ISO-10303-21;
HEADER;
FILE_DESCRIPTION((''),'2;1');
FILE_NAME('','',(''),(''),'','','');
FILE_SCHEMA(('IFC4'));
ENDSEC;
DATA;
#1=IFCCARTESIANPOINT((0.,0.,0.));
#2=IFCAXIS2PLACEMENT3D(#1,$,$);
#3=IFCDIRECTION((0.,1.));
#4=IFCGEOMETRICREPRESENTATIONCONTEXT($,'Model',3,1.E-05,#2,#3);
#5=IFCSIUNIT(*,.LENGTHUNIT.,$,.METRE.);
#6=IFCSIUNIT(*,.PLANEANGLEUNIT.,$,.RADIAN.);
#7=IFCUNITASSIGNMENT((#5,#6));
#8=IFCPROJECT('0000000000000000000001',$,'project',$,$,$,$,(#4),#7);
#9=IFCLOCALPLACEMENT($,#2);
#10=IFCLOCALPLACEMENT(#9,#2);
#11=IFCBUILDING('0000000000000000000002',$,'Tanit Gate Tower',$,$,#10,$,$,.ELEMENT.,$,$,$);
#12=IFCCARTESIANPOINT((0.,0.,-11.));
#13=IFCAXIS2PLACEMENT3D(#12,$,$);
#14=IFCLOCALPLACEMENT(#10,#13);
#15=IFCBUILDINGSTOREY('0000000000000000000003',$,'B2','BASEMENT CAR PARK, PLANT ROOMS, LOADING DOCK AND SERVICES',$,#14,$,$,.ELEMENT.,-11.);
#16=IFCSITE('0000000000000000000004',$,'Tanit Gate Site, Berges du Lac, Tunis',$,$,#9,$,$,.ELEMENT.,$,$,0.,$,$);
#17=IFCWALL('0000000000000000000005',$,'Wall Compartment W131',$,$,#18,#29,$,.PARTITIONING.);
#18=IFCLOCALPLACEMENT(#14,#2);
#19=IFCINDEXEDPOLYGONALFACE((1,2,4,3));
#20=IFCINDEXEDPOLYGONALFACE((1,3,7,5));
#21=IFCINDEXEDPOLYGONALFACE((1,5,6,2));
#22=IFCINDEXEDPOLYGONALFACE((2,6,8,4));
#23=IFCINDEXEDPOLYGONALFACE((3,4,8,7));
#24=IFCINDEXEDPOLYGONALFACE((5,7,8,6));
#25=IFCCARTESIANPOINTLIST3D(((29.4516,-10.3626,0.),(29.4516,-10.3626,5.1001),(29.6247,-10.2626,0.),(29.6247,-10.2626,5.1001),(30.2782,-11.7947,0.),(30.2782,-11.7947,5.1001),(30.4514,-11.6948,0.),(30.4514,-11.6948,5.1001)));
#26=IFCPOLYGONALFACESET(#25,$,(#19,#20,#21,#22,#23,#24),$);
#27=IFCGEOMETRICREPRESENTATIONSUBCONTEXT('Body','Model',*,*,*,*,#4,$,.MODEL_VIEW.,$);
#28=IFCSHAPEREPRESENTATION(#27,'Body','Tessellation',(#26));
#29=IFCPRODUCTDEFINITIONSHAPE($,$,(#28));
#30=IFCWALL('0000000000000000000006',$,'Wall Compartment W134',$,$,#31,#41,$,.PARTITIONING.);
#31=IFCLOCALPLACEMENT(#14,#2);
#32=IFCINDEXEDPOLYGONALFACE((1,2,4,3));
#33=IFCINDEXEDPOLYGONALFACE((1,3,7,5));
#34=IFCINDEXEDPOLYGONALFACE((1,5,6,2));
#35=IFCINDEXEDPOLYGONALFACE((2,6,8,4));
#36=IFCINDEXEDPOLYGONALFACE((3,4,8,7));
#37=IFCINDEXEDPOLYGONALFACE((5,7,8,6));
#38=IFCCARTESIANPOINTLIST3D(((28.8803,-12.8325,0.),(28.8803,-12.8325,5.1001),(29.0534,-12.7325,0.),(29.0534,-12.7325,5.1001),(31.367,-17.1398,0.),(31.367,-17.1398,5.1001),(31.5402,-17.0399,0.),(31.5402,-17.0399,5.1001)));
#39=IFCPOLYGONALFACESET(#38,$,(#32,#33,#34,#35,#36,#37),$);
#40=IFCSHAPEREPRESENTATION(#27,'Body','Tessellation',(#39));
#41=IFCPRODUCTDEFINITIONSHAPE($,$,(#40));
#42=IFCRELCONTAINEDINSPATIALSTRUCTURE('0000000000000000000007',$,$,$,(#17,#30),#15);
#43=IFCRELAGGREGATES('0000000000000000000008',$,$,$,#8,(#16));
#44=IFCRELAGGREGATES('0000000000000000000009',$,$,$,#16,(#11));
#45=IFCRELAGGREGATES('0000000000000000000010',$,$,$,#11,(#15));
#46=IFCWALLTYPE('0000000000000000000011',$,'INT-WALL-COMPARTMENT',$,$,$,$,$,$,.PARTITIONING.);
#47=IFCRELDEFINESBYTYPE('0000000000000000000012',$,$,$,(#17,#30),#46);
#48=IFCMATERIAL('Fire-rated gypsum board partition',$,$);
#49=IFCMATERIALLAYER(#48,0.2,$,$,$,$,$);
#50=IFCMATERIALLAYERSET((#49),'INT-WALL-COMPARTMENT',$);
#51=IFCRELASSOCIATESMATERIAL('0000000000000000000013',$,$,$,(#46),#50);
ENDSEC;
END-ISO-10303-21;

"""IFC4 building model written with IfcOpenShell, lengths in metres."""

from ifc_helpers import new_model, si_unit, direction, frame, frame_2d, origin, place, context, subcontext, project, spatial, rectangle, extrude, material, layer, layer_set, type_object, element, save


model = new_model("IFC4")

# Units and contexts
model_context = context("Model", 3, precision=1e-05, world=origin(), true_north=direction((0.0, 1.0)))
body_context = subcontext(model_context, "Body", "Model", "MODEL_VIEW")
ifc_project = project(units=[si_unit("LENGTHUNIT", "METRE"), si_unit("PLANEANGLEUNIT", "RADIAN")], contexts=[model_context])

# Site, building, storey
site_placement = place(None, origin())
site = spatial("IfcSite", under=ifc_project, at=site_placement, Name="Tanit Gate Site, Berges du Lac, Tunis", CompositionType="ELEMENT", RefElevation=0.0)
building_placement = place(site_placement, origin())
building = spatial("IfcBuilding", under=site, at=building_placement, Name="Tanit Gate Tower", CompositionType="ELEMENT")
storey_placement = place(building_placement, frame((0.0, 0.0, -11.0)))
storey = spatial("IfcBuildingStorey", under=building, at=storey_placement, Name="B2", Description="BASEMENT CAR PARK, PLANT ROOMS, LOADING DOCK AND SERVICES", CompositionType="ELEMENT", Elevation=-11.0)

# Shared definitions
ifc_material_1 = material(Name="Fire-rated gypsum board partition")
ifc_layer_1 = layer(ifc_material_1, 0.2)
ifc_layer_set_1 = layer_set([ifc_layer_1], Name="INT-WALL-COMPARTMENT")
wall_type_1 = type_object("IfcWallType", Name="INT-WALL-COMPARTMENT", PredefinedType="PARTITIONING", material=ifc_layer_set_1)

# Walls
wall_1_placement = place(storey_placement, frame((30.3647, -11.7446, 0.0), z_axis=(0.0, 0.0, 1.0), x_axis=(-0.499918, 0.866072, 0.0)))
element("IfcWall", 1, at=wall_1_placement, inside=storey, type_object=wall_type_1, Name="Wall Compartment W131", PredefinedType="PARTITIONING", context=body_context, shape_type="SweptSolid", body=[
    extrude(rectangle(XDim=1.6536, YDim=0.2, at=frame_2d((0.8267, 0.0))), origin(), (0.0, 0.0, 1.0), 5.1001),
])
wall_2_placement = place(storey_placement, frame((31.4536, -17.0898, 0.0), z_axis=(0.0, 0.0, 1.0), x_axis=(-0.499993, 0.866029, 0.0)))
element("IfcWall", 2, at=wall_2_placement, inside=storey, type_object=wall_type_1, Name="Wall Compartment W134", PredefinedType="PARTITIONING", context=body_context, shape_type="SweptSolid", body=[
    extrude(rectangle(XDim=4.9736, YDim=0.2, at=frame_2d((2.4868, 0.0))), origin(), (0.0, 0.0, 1.0), 5.1001),
])

save(model, "model.ifc")
